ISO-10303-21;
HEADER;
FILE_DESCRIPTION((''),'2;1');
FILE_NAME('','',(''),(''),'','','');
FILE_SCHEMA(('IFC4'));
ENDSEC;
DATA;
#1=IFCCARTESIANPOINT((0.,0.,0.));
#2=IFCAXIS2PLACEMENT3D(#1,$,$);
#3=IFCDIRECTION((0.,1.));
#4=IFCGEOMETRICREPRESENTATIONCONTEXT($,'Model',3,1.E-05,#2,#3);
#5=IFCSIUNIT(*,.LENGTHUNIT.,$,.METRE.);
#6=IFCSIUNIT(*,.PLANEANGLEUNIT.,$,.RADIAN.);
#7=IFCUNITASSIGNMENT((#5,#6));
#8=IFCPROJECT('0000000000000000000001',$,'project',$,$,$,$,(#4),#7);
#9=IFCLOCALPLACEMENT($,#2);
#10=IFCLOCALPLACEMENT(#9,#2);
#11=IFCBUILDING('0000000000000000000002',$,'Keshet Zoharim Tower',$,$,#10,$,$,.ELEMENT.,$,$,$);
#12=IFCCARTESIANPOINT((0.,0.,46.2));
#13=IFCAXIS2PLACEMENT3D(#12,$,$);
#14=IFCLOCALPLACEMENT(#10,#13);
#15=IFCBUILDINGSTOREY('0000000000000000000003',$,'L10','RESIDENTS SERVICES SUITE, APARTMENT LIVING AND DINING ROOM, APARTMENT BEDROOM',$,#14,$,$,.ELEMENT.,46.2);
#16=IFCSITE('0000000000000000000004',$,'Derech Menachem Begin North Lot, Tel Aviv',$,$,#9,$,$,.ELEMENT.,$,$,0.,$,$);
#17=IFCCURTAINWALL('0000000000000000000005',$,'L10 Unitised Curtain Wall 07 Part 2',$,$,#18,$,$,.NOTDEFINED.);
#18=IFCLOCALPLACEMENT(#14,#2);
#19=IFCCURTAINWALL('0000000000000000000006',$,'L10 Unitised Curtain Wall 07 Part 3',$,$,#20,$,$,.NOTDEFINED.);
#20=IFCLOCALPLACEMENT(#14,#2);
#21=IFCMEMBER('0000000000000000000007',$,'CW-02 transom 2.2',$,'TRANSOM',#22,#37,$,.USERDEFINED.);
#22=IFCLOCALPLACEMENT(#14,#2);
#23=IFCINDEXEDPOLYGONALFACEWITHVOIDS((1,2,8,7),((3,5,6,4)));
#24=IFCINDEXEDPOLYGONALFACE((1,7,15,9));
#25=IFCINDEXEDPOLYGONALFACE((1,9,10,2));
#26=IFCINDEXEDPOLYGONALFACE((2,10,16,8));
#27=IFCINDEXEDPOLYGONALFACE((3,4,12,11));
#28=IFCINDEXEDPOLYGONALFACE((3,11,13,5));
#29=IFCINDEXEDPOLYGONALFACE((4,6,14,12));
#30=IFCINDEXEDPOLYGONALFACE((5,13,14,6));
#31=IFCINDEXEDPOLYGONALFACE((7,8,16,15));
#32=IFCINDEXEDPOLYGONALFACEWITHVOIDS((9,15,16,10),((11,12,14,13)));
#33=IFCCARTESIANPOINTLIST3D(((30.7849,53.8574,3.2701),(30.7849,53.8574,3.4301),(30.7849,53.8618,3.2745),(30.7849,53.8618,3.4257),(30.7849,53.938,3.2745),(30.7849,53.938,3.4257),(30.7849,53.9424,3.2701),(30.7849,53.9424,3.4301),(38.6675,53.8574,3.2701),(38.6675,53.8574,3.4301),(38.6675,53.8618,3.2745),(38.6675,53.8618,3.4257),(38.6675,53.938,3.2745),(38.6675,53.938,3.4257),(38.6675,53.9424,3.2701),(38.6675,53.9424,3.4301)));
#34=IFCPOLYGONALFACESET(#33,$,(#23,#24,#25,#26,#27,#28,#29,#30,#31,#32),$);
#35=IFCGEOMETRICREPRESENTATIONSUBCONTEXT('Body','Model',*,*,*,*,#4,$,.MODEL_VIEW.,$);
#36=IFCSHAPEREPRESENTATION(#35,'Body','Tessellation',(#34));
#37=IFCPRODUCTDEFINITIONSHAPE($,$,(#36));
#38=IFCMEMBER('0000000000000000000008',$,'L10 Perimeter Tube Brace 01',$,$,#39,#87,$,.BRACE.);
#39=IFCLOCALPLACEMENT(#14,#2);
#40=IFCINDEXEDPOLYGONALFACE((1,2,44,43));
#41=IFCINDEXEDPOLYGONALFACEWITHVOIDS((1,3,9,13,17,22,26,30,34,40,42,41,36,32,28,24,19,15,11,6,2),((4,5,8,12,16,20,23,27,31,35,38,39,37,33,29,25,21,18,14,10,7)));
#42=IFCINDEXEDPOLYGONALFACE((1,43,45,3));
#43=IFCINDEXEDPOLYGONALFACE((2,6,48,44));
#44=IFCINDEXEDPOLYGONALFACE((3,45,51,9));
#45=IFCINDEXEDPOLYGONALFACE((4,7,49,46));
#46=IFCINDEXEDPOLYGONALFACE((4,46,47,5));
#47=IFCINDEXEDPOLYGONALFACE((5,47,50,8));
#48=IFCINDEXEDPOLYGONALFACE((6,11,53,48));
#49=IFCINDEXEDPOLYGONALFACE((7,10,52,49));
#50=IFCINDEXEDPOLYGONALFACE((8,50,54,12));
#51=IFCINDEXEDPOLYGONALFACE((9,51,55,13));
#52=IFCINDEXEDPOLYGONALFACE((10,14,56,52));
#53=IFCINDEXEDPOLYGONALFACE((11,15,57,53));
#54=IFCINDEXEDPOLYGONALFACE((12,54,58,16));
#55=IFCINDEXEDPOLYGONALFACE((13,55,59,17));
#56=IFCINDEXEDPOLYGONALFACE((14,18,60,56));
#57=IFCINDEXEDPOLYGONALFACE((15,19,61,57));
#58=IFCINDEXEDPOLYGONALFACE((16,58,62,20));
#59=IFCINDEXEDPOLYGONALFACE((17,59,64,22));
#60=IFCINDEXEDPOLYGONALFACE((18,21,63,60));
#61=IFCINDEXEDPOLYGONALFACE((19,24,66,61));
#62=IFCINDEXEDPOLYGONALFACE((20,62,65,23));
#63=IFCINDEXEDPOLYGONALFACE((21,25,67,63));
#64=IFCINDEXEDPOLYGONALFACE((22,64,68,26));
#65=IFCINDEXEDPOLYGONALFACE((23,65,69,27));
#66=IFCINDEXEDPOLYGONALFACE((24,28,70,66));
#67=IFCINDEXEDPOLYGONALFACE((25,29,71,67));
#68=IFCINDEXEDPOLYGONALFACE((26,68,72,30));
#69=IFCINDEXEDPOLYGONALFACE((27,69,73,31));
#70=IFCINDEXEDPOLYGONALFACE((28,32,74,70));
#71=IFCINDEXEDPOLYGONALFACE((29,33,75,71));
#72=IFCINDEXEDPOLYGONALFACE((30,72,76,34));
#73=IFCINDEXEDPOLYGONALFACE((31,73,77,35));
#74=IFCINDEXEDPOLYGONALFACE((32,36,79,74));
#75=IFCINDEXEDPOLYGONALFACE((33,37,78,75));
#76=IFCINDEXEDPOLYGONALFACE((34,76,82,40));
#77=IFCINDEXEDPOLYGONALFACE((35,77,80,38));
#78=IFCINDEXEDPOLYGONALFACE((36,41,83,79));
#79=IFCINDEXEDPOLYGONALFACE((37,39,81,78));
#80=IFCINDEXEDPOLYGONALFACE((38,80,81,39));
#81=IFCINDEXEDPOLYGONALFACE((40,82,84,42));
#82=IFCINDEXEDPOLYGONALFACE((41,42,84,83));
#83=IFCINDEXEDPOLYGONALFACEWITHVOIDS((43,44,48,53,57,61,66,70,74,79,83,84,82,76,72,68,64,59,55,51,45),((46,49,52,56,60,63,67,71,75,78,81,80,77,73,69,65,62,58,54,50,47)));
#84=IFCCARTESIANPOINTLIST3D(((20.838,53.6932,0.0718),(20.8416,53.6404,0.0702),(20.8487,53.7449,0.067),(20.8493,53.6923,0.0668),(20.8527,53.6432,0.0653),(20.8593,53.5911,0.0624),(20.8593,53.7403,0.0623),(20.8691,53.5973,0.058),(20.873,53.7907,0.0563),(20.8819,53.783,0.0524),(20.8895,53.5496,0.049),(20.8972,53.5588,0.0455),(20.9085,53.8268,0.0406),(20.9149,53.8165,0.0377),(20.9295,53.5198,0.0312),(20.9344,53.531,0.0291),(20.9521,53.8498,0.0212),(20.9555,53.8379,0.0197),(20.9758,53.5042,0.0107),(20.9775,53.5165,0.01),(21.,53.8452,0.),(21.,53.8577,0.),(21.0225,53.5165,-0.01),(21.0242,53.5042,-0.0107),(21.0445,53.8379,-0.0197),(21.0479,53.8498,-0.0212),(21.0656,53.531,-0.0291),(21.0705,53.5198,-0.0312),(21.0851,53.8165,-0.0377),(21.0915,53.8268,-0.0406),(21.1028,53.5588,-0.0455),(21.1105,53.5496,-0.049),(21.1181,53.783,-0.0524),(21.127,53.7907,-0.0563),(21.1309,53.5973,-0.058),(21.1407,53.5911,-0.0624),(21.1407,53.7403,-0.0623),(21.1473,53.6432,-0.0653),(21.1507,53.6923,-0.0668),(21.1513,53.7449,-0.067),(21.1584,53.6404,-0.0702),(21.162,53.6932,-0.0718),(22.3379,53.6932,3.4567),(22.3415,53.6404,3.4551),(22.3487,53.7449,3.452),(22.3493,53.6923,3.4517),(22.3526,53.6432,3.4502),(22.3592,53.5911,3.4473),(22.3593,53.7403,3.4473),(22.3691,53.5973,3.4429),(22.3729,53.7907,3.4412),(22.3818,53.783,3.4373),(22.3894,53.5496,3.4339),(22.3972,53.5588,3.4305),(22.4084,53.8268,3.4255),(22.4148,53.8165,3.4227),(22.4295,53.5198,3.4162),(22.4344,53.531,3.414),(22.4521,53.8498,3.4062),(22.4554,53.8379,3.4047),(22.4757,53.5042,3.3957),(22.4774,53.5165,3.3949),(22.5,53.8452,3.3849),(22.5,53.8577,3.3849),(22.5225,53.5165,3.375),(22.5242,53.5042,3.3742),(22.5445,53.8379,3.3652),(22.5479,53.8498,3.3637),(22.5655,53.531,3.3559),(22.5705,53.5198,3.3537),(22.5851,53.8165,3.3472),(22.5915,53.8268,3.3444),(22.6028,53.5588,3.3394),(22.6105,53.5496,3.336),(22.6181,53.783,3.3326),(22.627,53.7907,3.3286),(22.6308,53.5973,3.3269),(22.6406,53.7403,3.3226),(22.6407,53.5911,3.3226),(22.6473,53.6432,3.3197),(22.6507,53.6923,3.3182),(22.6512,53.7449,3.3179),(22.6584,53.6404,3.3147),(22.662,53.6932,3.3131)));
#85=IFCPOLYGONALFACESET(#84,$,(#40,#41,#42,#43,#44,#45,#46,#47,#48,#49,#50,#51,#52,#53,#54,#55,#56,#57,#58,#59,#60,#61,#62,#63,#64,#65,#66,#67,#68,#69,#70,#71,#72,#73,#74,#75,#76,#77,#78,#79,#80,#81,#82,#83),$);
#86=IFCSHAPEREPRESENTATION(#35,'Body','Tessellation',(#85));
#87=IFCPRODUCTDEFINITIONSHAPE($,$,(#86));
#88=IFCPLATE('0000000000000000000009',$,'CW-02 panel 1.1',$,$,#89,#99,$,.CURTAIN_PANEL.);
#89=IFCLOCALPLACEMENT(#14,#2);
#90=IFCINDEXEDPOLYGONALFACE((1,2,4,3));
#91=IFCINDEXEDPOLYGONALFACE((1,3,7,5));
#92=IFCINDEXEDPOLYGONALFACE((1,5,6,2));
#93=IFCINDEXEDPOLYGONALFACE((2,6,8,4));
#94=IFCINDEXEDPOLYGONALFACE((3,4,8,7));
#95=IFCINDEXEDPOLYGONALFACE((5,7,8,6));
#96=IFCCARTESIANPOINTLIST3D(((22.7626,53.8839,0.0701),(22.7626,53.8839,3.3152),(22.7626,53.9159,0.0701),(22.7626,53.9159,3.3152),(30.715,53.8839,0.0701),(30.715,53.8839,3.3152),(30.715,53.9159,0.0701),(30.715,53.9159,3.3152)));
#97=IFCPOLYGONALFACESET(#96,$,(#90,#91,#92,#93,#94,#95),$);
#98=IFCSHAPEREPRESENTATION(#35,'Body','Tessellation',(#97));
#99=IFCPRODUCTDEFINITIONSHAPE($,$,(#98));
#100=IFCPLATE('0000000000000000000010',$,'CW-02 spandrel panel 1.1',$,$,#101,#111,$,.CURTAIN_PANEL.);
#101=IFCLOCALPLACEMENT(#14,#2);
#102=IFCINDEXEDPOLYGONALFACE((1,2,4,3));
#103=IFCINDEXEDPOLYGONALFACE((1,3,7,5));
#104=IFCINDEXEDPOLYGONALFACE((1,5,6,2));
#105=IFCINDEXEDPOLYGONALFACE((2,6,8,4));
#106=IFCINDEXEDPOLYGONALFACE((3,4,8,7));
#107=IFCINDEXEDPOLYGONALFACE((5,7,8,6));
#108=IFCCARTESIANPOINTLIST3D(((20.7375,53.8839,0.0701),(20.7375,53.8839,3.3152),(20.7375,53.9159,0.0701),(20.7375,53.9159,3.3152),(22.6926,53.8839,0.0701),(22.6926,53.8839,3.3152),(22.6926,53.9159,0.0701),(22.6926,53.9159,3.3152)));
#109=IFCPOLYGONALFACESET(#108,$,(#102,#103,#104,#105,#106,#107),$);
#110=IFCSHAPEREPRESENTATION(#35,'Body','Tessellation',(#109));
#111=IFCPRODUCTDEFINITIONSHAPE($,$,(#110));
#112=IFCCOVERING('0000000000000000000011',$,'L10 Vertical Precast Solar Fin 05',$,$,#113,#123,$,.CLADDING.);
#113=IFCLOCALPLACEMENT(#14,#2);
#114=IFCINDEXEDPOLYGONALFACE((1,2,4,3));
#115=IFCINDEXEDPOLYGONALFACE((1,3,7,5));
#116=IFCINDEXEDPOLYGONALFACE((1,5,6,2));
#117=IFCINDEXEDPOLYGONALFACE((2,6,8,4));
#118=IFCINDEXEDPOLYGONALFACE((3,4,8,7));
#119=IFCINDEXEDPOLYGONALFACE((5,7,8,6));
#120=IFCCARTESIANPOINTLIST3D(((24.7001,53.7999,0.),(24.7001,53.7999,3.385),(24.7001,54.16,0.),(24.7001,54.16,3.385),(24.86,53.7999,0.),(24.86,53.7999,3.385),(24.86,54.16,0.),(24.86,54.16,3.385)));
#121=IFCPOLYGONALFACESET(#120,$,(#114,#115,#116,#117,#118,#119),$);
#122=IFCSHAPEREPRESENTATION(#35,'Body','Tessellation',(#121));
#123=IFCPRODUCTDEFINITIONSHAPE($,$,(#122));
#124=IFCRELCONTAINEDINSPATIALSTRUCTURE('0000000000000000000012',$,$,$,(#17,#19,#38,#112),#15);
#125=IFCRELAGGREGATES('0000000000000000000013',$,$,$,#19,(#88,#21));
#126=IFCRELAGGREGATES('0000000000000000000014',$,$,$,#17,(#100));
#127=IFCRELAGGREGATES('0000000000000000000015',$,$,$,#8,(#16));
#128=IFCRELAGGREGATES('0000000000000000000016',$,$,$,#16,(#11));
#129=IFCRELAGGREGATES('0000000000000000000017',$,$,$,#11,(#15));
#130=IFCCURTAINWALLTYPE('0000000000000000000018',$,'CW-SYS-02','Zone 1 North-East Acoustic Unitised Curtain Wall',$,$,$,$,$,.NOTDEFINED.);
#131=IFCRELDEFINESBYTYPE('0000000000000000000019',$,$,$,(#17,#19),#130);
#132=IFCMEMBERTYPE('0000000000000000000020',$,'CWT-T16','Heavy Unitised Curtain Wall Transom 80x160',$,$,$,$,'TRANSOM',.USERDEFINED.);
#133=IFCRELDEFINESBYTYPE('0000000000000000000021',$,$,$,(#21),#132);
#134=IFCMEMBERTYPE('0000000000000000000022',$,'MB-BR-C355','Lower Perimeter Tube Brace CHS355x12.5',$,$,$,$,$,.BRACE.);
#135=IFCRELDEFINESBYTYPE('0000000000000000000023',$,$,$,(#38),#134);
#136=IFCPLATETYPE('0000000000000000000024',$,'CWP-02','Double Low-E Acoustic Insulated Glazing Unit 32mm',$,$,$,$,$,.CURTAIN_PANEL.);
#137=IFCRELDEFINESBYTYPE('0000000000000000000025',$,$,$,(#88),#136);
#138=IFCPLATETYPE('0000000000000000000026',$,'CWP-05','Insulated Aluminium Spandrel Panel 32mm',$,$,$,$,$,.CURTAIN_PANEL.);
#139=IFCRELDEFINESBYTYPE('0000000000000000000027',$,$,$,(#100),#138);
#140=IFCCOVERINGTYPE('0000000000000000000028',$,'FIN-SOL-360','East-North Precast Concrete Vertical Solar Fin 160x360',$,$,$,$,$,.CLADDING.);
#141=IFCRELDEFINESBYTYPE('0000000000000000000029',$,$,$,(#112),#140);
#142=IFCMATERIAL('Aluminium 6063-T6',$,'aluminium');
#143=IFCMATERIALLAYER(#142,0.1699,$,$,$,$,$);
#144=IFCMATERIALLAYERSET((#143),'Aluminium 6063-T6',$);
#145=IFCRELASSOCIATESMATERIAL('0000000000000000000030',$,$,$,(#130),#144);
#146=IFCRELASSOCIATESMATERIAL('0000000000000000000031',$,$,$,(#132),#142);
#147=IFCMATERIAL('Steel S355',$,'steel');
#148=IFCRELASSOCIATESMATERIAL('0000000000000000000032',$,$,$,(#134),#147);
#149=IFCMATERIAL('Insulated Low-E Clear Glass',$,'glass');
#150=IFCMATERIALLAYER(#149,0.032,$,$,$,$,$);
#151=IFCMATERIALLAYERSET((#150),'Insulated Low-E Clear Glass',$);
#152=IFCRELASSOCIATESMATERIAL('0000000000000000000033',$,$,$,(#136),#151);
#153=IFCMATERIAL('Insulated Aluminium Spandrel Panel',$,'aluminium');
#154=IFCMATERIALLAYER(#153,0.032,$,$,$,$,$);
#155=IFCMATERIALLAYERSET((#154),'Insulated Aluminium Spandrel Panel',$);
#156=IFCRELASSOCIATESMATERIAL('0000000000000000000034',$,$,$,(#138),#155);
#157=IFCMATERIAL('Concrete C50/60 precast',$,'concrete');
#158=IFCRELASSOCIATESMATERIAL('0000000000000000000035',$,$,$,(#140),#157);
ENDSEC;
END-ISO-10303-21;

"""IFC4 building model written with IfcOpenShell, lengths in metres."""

from ifc_helpers import new_model, si_unit, direction, frame, origin, origin_2d, place, context, subcontext, project, spatial, rectangle, hollow_rectangle, hollow_circle, extrude, material, layer, layer_set, material_profile, profile_set, type_object, element, aggregate, save


model = new_model("IFC4")

# Units and contexts
model_context = context("Model", 3, precision=1e-05, world=origin(), true_north=direction((0.0, 1.0)))
body_context = subcontext(model_context, "Body", "Model", "MODEL_VIEW")
ifc_project = project(units=[si_unit("LENGTHUNIT", "METRE"), si_unit("PLANEANGLEUNIT", "RADIAN")], contexts=[model_context])

# Site, building, storey
site_placement = place(None, origin())
site = spatial("IfcSite", under=ifc_project, at=site_placement, Name="Derech Menachem Begin North Lot, Tel Aviv", CompositionType="ELEMENT", RefElevation=0.0)
building_placement = place(site_placement, origin())
building = spatial("IfcBuilding", under=site, at=building_placement, Name="Keshet Zoharim Tower", CompositionType="ELEMENT")
storey_placement = place(building_placement, frame((0.0, 0.0, 46.2)))
storey = spatial("IfcBuildingStorey", under=building, at=storey_placement, Name="L10", Description="RESIDENTS SERVICES SUITE, APARTMENT LIVING AND DINING ROOM, APARTMENT BEDROOM", CompositionType="ELEMENT", Elevation=46.2)

# Shared definitions
ifc_material_1 = material(Name="Steel S355", Category="steel")

# Curtain walls
ifc_material_2 = material(Name="Aluminium 6063-T6", Category="aluminium")
ifc_layer_1 = layer(ifc_material_2, 0.1699)
ifc_layer_set_1 = layer_set([ifc_layer_1], Name="Aluminium 6063-T6")
curtain_wall_type = type_object("IfcCurtainWallType", Name="CW-SYS-02", Description="Zone 1 North-East Acoustic Unitised Curtain Wall", PredefinedType="NOTDEFINED", material=ifc_layer_set_1)
curtain_wall_1_placement = place(storey_placement, origin())
curtain_wall_1 = element("IfcCurtainWall", 1, at=curtain_wall_1_placement, inside=storey, type_object=curtain_wall_type, Name="L10 Unitised Curtain Wall 07 Part 2", PredefinedType="NOTDEFINED")
curtain_wall_2_placement = place(storey_placement, origin())
curtain_wall_2 = element("IfcCurtainWall", 2, at=curtain_wall_2_placement, inside=storey, type_object=curtain_wall_type, Name="L10 Unitised Curtain Wall 07 Part 3", PredefinedType="NOTDEFINED")

# Members
ifc_material_profile_1 = material_profile(ifc_material_2, hollow_rectangle(XDim=0.085, YDim=0.1599, WallThickness=0.0044, at=origin_2d()), Name="TRN-85x160")
ifc_profile_set_1 = profile_set([ifc_material_profile_1], Name="Aluminium 6063-T6")
member_type_1 = type_object("IfcMemberType", Name="CWT-T16", Description="Heavy Unitised Curtain Wall Transom 80x160", ElementType="TRANSOM", PredefinedType="USERDEFINED", material=ifc_profile_set_1)
member_1_placement = place(storey_placement, frame((30.7849, 53.8999, 3.3501), z_axis=(1.0, 0.0, 0.0), x_axis=(0.0, 1.0, 0.0)))
member_1 = element("IfcMember", 3, at=member_1_placement, type_object=member_type_1, Name="CW-02 transom 2.2", ObjectType="TRANSOM", PredefinedType="USERDEFINED", context=body_context, shape_type="SweptSolid", body=[
    extrude(hollow_rectangle(XDim=0.085, YDim=0.1599, WallThickness=0.0044, at=origin_2d()), origin(), (0.0, 0.0, 1.0), 7.8826),
])
ifc_material_profile_2 = material_profile(ifc_material_1, hollow_circle(Radius=0.1777, WallThickness=0.0125, at=origin_2d()), Name="CHS355x12.5")
ifc_profile_set_2 = profile_set([ifc_material_profile_2], Name="Steel S355")
member_type_2 = type_object("IfcMemberType", Name="MB-BR-C355", Description="Lower Perimeter Tube Brace CHS355x12.5", PredefinedType="BRACE", material=ifc_profile_set_2)
member_2_placement = place(storey_placement, frame((21.0, 53.6799, 0.0), z_axis=(0.405135, 0.0, 0.914257), x_axis=(0.0, 1.0, 0.0)))
element("IfcMember", 4, at=member_2_placement, inside=storey, type_object=member_type_2, Name="L10 Perimeter Tube Brace 01", PredefinedType="BRACE", context=body_context, shape_type="SweptSolid", body=[
    extrude(hollow_circle(Radius=0.1777, WallThickness=0.0125, at=origin_2d()), origin(), (0.0, 0.0, 1.0), 3.7024),
])

# Plates
ifc_material_3 = material(Name="Insulated Low-E Clear Glass", Category="glass")
ifc_layer_2 = layer(ifc_material_3, 0.032)
ifc_layer_set_2 = layer_set([ifc_layer_2], Name="Insulated Low-E Clear Glass")
plate_type_1 = type_object("IfcPlateType", Name="CWP-02", Description="Double Low-E Acoustic Insulated Glazing Unit 32mm", PredefinedType="CURTAIN_PANEL", material=ifc_layer_set_2)
plate_1_placement = place(storey_placement, frame((26.7388, 53.8999, 0.0701), z_axis=(0.0, 0.0, 1.0), x_axis=(1.0, 0.0, 0.0)))
plate_1 = element("IfcPlate", 5, at=plate_1_placement, type_object=plate_type_1, Name="CW-02 panel 1.1", PredefinedType="CURTAIN_PANEL", context=body_context, shape_type="SweptSolid", body=[
    extrude(rectangle(XDim=7.9524, YDim=0.032, at=origin_2d()), origin(), (0.0, 0.0, 1.0), 3.2451),
])
aggregate(curtain_wall_2, [plate_1, member_1])
ifc_material_4 = material(Name="Insulated Aluminium Spandrel Panel", Category="aluminium")
ifc_layer_3 = layer(ifc_material_4, 0.032)
ifc_layer_set_3 = layer_set([ifc_layer_3], Name="Insulated Aluminium Spandrel Panel")
plate_type_2 = type_object("IfcPlateType", Name="CWP-05", Description="Insulated Aluminium Spandrel Panel 32mm", PredefinedType="CURTAIN_PANEL", material=ifc_layer_set_3)
plate_2_placement = place(storey_placement, frame((21.7151, 53.8999, 0.0701), z_axis=(0.0, 0.0, 1.0), x_axis=(1.0, 0.0, 0.0)))
plate_2 = element("IfcPlate", 6, at=plate_2_placement, type_object=plate_type_2, Name="CW-02 spandrel panel 1.1", PredefinedType="CURTAIN_PANEL", context=body_context, shape_type="SweptSolid", body=[
    extrude(rectangle(XDim=1.9551, YDim=0.032, at=origin_2d()), origin(), (0.0, 0.0, 1.0), 3.2451),
])
aggregate(curtain_wall_1, [plate_2])

# Covering
ifc_material_5 = material(Name="Concrete C50/60 precast", Category="concrete")
covering_type = type_object("IfcCoveringType", Name="FIN-SOL-360", Description="East-North Precast Concrete Vertical Solar Fin 160x360", PredefinedType="CLADDING", material=ifc_material_5)
covering_placement = place(storey_placement, frame((24.78, 53.98, 0.0), z_axis=(0.0, 0.0, 1.0), x_axis=(1.0, 0.0, 0.0)))
element("IfcCovering", 7, at=covering_placement, inside=storey, type_object=covering_type, Name="L10 Vertical Precast Solar Fin 05", PredefinedType="CLADDING", context=body_context, shape_type="SweptSolid", body=[
    extrude(rectangle(XDim=0.1599, YDim=0.3601, at=origin_2d()), origin(), (0.0, 0.0, 1.0), 3.385),
])

save(model, "model.ifc")
